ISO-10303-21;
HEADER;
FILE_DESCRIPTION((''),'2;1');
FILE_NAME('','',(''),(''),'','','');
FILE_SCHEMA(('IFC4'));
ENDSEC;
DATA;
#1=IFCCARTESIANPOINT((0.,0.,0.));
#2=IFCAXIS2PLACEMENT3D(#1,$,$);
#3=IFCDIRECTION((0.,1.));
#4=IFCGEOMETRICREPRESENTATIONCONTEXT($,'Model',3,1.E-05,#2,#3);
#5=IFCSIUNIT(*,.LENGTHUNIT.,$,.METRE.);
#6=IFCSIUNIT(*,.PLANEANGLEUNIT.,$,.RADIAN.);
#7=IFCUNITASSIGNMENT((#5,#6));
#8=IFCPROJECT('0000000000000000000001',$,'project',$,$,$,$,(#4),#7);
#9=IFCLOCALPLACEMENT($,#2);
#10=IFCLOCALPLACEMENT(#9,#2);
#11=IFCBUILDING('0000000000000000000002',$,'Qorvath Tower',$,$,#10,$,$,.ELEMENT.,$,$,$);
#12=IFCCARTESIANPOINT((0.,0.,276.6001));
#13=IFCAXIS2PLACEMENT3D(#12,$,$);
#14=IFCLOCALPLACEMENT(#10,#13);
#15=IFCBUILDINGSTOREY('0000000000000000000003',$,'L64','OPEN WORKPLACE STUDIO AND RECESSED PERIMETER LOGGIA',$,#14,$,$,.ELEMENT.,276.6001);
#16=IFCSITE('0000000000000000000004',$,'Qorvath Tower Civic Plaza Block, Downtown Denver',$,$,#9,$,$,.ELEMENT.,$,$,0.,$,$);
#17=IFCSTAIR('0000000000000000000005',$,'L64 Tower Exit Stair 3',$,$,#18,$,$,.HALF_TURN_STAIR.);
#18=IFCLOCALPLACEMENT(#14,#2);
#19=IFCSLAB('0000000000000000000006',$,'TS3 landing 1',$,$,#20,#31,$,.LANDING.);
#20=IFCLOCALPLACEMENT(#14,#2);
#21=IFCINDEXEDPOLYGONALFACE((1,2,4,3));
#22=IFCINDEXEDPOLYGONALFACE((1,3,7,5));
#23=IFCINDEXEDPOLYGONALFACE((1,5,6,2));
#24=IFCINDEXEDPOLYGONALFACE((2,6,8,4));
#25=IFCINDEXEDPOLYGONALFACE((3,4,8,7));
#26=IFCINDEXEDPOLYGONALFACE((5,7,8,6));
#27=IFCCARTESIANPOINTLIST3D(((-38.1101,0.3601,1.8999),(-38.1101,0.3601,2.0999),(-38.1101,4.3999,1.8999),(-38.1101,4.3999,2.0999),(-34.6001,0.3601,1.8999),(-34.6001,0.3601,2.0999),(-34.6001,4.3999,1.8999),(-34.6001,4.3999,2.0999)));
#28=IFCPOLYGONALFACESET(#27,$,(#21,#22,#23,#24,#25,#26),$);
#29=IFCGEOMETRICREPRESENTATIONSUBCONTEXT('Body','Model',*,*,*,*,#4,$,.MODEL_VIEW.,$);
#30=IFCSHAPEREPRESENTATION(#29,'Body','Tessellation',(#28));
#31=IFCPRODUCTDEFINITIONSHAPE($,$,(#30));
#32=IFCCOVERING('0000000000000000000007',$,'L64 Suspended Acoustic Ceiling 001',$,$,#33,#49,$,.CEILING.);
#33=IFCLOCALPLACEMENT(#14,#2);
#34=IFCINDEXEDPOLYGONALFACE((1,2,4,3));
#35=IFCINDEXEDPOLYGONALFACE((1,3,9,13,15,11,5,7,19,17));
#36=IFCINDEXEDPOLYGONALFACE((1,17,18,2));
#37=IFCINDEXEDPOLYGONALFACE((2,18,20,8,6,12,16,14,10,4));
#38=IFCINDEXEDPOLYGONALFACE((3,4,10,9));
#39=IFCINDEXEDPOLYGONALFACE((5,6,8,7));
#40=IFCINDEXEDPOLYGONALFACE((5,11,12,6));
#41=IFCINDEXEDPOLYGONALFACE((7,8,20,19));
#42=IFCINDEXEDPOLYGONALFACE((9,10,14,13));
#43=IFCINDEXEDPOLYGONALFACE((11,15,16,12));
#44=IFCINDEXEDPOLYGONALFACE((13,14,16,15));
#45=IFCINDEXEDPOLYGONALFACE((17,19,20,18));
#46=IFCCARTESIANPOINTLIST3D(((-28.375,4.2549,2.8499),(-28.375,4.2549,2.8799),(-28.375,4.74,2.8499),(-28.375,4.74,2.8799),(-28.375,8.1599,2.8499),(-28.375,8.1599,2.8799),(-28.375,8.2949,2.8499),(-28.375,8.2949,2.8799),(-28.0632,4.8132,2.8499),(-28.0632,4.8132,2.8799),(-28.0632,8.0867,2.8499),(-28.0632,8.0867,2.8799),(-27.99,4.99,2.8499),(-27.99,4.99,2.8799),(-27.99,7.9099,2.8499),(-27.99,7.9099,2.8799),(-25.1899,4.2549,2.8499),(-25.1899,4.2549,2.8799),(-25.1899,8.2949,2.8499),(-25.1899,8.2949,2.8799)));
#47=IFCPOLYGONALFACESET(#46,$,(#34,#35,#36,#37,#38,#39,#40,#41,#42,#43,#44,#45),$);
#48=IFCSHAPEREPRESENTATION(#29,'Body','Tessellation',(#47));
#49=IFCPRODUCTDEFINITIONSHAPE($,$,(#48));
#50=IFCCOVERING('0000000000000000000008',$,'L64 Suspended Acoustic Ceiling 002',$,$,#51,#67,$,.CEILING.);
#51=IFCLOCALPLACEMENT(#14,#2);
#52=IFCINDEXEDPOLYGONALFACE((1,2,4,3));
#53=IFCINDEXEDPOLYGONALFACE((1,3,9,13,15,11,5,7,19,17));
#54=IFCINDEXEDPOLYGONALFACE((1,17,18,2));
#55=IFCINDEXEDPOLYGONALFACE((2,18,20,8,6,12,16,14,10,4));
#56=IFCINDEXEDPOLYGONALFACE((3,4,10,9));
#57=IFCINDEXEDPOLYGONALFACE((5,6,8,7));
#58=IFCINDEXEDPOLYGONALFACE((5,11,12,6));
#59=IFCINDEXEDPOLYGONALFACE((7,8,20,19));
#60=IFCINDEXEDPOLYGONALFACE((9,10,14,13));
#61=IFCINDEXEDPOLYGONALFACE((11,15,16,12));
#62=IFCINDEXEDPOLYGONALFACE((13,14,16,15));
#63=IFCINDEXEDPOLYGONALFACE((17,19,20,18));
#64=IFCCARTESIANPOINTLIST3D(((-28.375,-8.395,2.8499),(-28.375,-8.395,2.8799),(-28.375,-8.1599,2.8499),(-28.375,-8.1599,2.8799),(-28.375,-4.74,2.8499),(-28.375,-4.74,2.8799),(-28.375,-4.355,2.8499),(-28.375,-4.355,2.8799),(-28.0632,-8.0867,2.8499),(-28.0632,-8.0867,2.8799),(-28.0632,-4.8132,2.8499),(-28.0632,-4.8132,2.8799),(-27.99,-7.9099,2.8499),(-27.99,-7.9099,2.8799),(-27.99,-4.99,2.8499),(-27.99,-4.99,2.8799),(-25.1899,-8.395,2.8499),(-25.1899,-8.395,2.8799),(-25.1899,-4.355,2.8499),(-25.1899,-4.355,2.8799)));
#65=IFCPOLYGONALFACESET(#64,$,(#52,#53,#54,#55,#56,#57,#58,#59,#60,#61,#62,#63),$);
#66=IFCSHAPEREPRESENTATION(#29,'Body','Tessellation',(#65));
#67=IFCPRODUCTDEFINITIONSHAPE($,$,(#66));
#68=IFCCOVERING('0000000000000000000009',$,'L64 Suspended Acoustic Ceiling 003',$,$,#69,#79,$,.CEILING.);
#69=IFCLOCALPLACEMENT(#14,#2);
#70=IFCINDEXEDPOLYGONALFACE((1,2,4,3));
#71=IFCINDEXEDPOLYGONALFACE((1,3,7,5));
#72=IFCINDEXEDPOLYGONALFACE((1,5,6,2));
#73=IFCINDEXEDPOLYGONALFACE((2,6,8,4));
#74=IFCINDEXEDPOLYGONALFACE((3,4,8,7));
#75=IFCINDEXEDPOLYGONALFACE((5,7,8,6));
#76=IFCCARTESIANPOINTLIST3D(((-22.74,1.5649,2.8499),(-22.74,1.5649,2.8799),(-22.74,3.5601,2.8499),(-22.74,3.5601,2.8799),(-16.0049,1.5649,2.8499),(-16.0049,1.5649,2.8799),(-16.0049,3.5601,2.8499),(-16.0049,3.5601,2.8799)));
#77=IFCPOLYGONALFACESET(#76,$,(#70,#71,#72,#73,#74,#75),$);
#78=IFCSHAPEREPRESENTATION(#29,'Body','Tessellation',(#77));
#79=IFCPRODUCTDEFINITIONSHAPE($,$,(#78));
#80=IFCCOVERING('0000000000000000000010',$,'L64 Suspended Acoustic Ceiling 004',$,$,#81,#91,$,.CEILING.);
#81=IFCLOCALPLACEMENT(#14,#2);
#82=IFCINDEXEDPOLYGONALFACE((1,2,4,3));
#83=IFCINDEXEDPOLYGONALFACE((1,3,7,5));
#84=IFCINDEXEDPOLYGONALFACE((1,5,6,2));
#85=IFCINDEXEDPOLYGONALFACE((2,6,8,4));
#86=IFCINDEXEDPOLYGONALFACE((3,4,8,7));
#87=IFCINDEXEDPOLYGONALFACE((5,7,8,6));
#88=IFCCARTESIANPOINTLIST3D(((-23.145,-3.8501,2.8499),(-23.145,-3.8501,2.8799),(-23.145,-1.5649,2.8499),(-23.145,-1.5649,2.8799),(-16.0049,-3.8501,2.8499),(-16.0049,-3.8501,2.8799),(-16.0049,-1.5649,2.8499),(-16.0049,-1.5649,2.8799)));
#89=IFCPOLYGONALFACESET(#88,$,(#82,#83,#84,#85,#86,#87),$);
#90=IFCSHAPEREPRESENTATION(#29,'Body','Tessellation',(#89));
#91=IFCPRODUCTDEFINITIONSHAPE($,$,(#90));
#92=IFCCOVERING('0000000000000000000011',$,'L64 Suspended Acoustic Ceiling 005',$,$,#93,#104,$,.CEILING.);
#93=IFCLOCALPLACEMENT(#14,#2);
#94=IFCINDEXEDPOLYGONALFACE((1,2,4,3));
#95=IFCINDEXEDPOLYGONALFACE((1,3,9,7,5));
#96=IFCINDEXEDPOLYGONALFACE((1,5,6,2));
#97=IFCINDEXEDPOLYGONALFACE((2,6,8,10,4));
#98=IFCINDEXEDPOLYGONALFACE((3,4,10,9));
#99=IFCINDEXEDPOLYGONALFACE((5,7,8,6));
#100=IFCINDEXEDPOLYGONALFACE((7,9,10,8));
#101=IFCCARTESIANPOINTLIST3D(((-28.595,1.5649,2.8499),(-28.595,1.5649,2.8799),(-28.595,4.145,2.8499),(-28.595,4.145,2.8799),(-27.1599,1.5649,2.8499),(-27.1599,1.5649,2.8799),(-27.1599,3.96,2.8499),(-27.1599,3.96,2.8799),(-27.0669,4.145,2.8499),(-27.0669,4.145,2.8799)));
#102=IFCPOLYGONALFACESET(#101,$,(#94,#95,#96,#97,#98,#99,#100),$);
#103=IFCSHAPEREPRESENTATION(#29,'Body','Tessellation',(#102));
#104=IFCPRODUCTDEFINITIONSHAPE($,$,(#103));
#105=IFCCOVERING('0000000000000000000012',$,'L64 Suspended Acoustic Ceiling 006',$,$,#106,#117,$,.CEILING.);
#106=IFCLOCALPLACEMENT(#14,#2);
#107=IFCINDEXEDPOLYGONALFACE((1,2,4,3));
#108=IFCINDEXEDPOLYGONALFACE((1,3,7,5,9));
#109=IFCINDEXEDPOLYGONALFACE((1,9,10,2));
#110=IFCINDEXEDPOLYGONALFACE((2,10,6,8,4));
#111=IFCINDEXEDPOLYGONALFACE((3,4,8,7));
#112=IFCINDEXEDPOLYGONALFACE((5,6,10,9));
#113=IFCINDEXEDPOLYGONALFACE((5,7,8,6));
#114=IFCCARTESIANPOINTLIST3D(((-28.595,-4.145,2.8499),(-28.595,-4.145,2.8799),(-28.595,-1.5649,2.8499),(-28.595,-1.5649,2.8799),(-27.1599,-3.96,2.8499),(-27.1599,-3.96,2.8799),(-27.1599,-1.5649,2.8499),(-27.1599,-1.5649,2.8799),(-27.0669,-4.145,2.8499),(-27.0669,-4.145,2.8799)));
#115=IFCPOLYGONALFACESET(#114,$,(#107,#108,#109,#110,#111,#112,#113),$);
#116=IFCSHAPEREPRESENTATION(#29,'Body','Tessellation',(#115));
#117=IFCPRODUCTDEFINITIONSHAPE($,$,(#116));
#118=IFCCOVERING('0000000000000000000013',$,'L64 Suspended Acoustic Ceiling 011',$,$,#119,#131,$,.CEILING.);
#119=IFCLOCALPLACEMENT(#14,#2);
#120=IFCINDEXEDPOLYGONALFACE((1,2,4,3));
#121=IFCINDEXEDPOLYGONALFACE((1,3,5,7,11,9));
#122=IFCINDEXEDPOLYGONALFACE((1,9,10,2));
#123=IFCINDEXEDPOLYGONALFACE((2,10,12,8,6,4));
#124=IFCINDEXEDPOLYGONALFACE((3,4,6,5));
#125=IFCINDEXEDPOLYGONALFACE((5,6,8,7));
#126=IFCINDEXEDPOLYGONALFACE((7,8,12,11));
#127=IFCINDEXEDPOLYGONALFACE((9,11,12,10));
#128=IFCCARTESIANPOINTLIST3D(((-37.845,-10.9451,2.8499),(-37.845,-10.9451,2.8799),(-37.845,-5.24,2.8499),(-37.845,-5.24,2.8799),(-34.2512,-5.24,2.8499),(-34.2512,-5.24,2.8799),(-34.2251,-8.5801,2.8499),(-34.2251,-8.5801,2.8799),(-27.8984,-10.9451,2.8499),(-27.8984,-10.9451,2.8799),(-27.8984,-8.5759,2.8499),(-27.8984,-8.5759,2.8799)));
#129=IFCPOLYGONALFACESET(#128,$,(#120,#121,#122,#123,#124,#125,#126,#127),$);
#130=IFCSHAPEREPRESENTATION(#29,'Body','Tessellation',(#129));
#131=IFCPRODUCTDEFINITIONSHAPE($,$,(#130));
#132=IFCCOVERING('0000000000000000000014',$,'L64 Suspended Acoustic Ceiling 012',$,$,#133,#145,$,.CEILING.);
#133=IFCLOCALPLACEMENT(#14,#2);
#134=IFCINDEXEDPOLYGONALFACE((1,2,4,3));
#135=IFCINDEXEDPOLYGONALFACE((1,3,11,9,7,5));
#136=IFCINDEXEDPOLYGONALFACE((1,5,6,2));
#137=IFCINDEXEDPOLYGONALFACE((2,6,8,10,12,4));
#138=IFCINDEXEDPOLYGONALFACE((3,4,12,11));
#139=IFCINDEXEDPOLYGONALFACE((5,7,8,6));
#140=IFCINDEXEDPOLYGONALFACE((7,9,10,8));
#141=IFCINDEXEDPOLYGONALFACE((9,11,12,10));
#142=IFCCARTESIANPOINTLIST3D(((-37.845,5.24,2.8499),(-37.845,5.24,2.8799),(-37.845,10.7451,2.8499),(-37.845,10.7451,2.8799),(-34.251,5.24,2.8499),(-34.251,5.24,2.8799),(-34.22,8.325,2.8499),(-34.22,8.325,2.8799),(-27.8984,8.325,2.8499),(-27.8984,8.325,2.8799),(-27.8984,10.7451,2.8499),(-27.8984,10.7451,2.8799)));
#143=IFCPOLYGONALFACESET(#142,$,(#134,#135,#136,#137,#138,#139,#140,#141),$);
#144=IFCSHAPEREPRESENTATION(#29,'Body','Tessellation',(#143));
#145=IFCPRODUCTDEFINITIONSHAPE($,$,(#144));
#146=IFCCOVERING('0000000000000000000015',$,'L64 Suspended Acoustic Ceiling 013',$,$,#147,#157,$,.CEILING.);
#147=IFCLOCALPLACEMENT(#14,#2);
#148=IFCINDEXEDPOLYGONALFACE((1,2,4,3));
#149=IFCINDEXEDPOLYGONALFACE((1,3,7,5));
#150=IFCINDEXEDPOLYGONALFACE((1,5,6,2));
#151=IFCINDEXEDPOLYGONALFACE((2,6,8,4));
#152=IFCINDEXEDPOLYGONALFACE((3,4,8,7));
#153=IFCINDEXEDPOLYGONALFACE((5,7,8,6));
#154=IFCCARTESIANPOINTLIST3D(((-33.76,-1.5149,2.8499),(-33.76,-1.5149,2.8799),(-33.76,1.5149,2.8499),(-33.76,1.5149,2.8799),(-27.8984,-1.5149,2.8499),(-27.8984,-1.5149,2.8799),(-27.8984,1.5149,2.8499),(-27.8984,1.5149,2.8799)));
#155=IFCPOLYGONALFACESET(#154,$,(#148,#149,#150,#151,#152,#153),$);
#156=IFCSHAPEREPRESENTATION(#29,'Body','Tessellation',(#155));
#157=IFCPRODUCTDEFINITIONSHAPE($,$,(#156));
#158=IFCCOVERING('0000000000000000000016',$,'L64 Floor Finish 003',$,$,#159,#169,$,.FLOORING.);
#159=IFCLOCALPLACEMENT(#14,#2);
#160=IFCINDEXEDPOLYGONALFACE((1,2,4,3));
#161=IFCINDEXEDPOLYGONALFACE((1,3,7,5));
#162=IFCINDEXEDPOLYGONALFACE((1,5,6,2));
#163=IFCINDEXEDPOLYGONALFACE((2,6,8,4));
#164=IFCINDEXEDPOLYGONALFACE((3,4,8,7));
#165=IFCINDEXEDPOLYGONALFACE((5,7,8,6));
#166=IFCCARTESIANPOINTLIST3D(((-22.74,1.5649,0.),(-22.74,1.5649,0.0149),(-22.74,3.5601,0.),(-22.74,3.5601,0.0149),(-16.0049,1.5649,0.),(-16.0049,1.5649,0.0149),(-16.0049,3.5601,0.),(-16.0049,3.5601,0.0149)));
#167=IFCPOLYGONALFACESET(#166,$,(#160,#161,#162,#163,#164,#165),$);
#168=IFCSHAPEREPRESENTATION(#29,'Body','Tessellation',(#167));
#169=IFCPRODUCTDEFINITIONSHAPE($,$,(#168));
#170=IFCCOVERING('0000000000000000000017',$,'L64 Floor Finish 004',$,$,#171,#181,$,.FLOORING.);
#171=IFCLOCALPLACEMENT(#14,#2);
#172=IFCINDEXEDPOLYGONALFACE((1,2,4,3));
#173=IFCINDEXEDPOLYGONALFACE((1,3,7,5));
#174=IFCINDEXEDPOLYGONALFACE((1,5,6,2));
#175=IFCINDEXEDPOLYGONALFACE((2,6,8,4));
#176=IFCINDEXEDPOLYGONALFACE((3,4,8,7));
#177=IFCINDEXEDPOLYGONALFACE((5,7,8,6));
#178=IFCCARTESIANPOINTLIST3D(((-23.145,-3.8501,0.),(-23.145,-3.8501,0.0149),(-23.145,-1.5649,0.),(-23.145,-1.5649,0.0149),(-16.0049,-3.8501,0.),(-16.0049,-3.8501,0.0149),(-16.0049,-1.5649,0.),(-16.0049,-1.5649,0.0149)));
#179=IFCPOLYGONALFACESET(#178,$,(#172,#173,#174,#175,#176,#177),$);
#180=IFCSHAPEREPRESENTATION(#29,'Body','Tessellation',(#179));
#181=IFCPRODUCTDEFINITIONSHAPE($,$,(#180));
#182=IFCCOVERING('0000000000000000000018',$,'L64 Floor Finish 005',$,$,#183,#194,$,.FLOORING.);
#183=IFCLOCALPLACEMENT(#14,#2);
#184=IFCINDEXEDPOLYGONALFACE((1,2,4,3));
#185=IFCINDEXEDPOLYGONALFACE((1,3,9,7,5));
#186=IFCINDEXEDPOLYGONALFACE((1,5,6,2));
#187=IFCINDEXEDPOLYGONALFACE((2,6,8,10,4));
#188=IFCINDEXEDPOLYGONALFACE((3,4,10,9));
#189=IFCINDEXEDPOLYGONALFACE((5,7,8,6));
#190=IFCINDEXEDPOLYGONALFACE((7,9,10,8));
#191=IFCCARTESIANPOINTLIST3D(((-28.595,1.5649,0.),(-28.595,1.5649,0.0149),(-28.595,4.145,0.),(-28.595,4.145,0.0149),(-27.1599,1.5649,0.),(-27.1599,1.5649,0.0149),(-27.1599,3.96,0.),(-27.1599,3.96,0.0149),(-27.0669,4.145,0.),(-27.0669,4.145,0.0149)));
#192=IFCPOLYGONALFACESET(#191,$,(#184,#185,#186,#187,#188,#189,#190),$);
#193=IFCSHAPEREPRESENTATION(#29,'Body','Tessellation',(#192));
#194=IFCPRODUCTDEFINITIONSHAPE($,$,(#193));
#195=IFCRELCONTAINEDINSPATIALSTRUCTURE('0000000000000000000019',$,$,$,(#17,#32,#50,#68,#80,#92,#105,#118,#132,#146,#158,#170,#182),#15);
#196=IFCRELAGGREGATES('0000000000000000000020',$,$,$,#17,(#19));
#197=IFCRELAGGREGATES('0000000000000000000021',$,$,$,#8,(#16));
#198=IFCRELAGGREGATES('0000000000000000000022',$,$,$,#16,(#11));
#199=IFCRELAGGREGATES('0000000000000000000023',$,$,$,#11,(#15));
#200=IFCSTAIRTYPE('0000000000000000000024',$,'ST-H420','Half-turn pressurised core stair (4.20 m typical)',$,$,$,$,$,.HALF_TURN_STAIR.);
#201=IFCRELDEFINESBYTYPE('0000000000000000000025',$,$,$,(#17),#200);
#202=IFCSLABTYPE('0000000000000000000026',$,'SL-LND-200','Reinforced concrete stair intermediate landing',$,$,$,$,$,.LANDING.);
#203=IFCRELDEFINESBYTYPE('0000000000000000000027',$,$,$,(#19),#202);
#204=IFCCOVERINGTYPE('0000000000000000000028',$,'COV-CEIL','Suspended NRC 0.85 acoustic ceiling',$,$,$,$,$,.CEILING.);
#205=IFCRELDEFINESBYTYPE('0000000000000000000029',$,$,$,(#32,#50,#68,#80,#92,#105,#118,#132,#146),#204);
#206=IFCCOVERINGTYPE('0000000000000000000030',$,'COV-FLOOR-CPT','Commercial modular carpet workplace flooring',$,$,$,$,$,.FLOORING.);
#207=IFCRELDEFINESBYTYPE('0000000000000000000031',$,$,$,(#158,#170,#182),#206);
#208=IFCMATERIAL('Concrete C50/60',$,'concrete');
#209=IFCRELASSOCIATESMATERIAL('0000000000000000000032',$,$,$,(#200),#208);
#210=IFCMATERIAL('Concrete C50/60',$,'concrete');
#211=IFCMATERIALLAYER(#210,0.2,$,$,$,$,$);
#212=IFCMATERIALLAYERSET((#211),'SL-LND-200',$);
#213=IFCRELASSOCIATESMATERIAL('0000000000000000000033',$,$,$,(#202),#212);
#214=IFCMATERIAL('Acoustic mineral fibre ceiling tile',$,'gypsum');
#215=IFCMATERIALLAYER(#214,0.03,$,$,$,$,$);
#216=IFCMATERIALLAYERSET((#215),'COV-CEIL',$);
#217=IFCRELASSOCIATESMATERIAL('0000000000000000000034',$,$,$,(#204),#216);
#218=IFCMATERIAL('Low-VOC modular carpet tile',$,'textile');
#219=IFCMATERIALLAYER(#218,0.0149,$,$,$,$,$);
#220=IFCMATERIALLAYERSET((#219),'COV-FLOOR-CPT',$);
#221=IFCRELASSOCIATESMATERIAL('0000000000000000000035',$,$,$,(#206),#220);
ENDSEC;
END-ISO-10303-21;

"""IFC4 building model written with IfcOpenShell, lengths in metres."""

from ifc_helpers import new_model, si_unit, direction, frame, origin, place, context, subcontext, project, spatial, polyline, outline, extrude, material, layer, layer_set, type_object, element, aggregate, save


model = new_model("IFC4")

# Units and contexts
model_context = context("Model", 3, precision=1e-05, world=origin(), true_north=direction((0.0, 1.0)))
body_context = subcontext(model_context, "Body", "Model", "MODEL_VIEW")
ifc_project = project(units=[si_unit("LENGTHUNIT", "METRE"), si_unit("PLANEANGLEUNIT", "RADIAN")], contexts=[model_context])

# Site, building, storey
site_placement = place(None, origin())
site = spatial("IfcSite", under=ifc_project, at=site_placement, Name="Qorvath Tower Civic Plaza Block, Downtown Denver", CompositionType="ELEMENT", RefElevation=0.0)
building_placement = place(site_placement, origin())
building = spatial("IfcBuilding", under=site, at=building_placement, Name="Qorvath Tower", CompositionType="ELEMENT")
storey_placement = place(building_placement, frame((0.0, 0.0, 276.6001)))
storey = spatial("IfcBuildingStorey", under=building, at=storey_placement, Name="L64", Description="OPEN WORKPLACE STUDIO AND RECESSED PERIMETER LOGGIA", CompositionType="ELEMENT", Elevation=276.6001)

# Stair, slab
ifc_material_1 = material(Name="Concrete C50/60", Category="concrete")
stair_type = type_object("IfcStairType", Name="ST-H420", Description="Half-turn pressurised core stair (4.20 m typical)", PredefinedType="HALF_TURN_STAIR", material=ifc_material_1)
stair_placement = place(storey_placement, origin())
stair = element("IfcStair", 1, at=stair_placement, inside=storey, type_object=stair_type, Name="L64 Tower Exit Stair 3", PredefinedType="HALF_TURN_STAIR")
ifc_material_2 = material(Name="Concrete C50/60", Category="concrete")
ifc_layer_1 = layer(ifc_material_2, 0.2)
ifc_layer_set_1 = layer_set([ifc_layer_1], Name="SL-LND-200")
slab_type = type_object("IfcSlabType", Name="SL-LND-200", Description="Reinforced concrete stair intermediate landing", PredefinedType="LANDING", material=ifc_layer_set_1)
slab_placement = place(storey_placement, frame((0.0, 0.0, 1.8999)))
slab = element("IfcSlab", 2, at=slab_placement, type_object=slab_type, Name="TS3 landing 1", PredefinedType="LANDING", context=body_context, shape_type="SweptSolid", body=[
    extrude(outline(polyline([(-34.6001, 0.3601), (-34.6001, 4.3999), (-38.1101, 4.3999), (-38.1101, 0.3601), (-34.6001, 0.3601)])), origin(), (0.0, 0.0, 1.0), 0.2),
])
aggregate(stair, [slab])

# Coverings
ifc_material_3 = material(Name="Acoustic mineral fibre ceiling tile", Category="gypsum")
ifc_layer_2 = layer(ifc_material_3, 0.03)
ifc_layer_set_2 = layer_set([ifc_layer_2], Name="COV-CEIL")
covering_type_1 = type_object("IfcCoveringType", Name="COV-CEIL", Description="Suspended NRC 0.85 acoustic ceiling", PredefinedType="CEILING", material=ifc_layer_set_2)
covering_1_placement = place(storey_placement, frame((0.0, 0.0, 2.8499)))
element("IfcCovering", 3, at=covering_1_placement, inside=storey, type_object=covering_type_1, Name="L64 Suspended Acoustic Ceiling 001", PredefinedType="CEILING", context=body_context, shape_type="SweptSolid", body=[
    extrude(outline(polyline([(-25.1899, 4.2549), (-25.1899, 8.2949), (-28.375, 8.2949), (-28.375, 8.1599), (-28.0632, 8.0867), (-27.99, 7.9099), (-27.99, 4.99), (-28.0632, 4.8132), (-28.375, 4.74), (-28.375, 4.2549), (-25.1899, 4.2549)])), origin(), (0.0, 0.0, 1.0), 0.03),
])
covering_2_placement = place(storey_placement, frame((0.0, 0.0, 2.8499)))
element("IfcCovering", 4, at=covering_2_placement, inside=storey, type_object=covering_type_1, Name="L64 Suspended Acoustic Ceiling 002", PredefinedType="CEILING", context=body_context, shape_type="SweptSolid", body=[
    extrude(outline(polyline([(-25.1899, -8.395), (-25.1899, -4.355), (-28.375, -4.355), (-28.375, -4.74), (-28.0632, -4.8132), (-27.99, -4.99), (-27.99, -7.9099), (-28.0632, -8.0867), (-28.375, -8.1599), (-28.375, -8.395), (-25.1899, -8.395)])), origin(), (0.0, 0.0, 1.0), 0.03),
])
covering_3_placement = place(storey_placement, frame((0.0, 0.0, 2.8499)))
element("IfcCovering", 5, at=covering_3_placement, inside=storey, type_object=covering_type_1, Name="L64 Suspended Acoustic Ceiling 003", PredefinedType="CEILING", context=body_context, shape_type="SweptSolid", body=[
    extrude(outline(polyline([(-16.0049, 3.5601), (-22.74, 3.5601), (-22.74, 1.5649), (-16.0049, 1.5649), (-16.0049, 3.5601)])), origin(), (0.0, 0.0, 1.0), 0.03),
])
covering_4_placement = place(storey_placement, frame((0.0, 0.0, 2.8499)))
element("IfcCovering", 6, at=covering_4_placement, inside=storey, type_object=covering_type_1, Name="L64 Suspended Acoustic Ceiling 004", PredefinedType="CEILING", context=body_context, shape_type="SweptSolid", body=[
    extrude(outline(polyline([(-23.145, -3.8501), (-16.0049, -3.8501), (-16.0049, -1.5649), (-23.145, -1.5649), (-23.145, -3.8501)])), origin(), (0.0, 0.0, 1.0), 0.03),
])
covering_5_placement = place(storey_placement, frame((0.0, 0.0, 2.8499)))
element("IfcCovering", 7, at=covering_5_placement, inside=storey, type_object=covering_type_1, Name="L64 Suspended Acoustic Ceiling 005", PredefinedType="CEILING", context=body_context, shape_type="SweptSolid", body=[
    extrude(outline(polyline([(-27.1599, 1.5649), (-27.1599, 3.96), (-27.0669, 4.145), (-28.595, 4.145), (-28.595, 1.5649), (-27.1599, 1.5649)])), origin(), (0.0, 0.0, 1.0), 0.03),
])
covering_6_placement = place(storey_placement, frame((0.0, 0.0, 2.8499)))
element("IfcCovering", 8, at=covering_6_placement, inside=storey, type_object=covering_type_1, Name="L64 Suspended Acoustic Ceiling 006", PredefinedType="CEILING", context=body_context, shape_type="SweptSolid", body=[
    extrude(outline(polyline([(-27.0669, -4.145), (-27.1599, -3.96), (-27.1599, -1.5649), (-28.595, -1.5649), (-28.595, -4.145), (-27.0669, -4.145)])), origin(), (0.0, 0.0, 1.0), 0.03),
])
covering_7_placement = place(storey_placement, frame((0.0, 0.0, 2.8499)))
element("IfcCovering", 9, at=covering_7_placement, inside=storey, type_object=covering_type_1, Name="L64 Suspended Acoustic Ceiling 011", PredefinedType="CEILING", context=body_context, shape_type="SweptSolid", body=[
    extrude(outline(polyline([(-34.2251, -8.5801), (-34.2512, -5.24), (-37.845, -5.24), (-37.845, -10.9451), (-27.8984, -10.9451), (-27.8984, -8.5759), (-34.2251, -8.5801)])), origin(), (0.0, 0.0, 1.0), 0.03),
])
covering_8_placement = place(storey_placement, frame((0.0, 0.0, 2.8499)))
element("IfcCovering", 10, at=covering_8_placement, inside=storey, type_object=covering_type_1, Name="L64 Suspended Acoustic Ceiling 012", PredefinedType="CEILING", context=body_context, shape_type="SweptSolid", body=[
    extrude(outline(polyline([(-27.8984, 8.325), (-27.8984, 10.7451), (-37.845, 10.7451), (-37.845, 5.24), (-34.251, 5.24), (-34.22, 8.325), (-27.8984, 8.325)])), origin(), (0.0, 0.0, 1.0), 0.03),
])
covering_9_placement = place(storey_placement, frame((0.0, 0.0, 2.8499)))
element("IfcCovering", 11, at=covering_9_placement, inside=storey, type_object=covering_type_1, Name="L64 Suspended Acoustic Ceiling 013", PredefinedType="CEILING", context=body_context, shape_type="SweptSolid", body=[
    extrude(outline(polyline([(-27.8984, -1.5149), (-27.8984, 1.5149), (-33.76, 1.5149), (-33.76, -1.5149), (-27.8984, -1.5149)])), origin(), (0.0, 0.0, 1.0), 0.03),
])
ifc_material_4 = material(Name="Low-VOC modular carpet tile", Category="textile")
ifc_layer_3 = layer(ifc_material_4, 0.0149)
ifc_layer_set_3 = layer_set([ifc_layer_3], Name="COV-FLOOR-CPT")
covering_type_2 = type_object("IfcCoveringType", Name="COV-FLOOR-CPT", Description="Commercial modular carpet workplace flooring", PredefinedType="FLOORING", material=ifc_layer_set_3)
covering_10_placement = place(storey_placement, origin())
element("IfcCovering", 12, at=covering_10_placement, inside=storey, type_object=covering_type_2, Name="L64 Floor Finish 003", PredefinedType="FLOORING", context=body_context, shape_type="SweptSolid", body=[
    extrude(outline(polyline([(-16.0049, 3.5601), (-22.74, 3.5601), (-22.74, 1.5649), (-16.0049, 1.5649), (-16.0049, 3.5601)])), origin(), (0.0, 0.0, 1.0), 0.0149),
])
covering_11_placement = place(storey_placement, origin())
element("IfcCovering", 13, at=covering_11_placement, inside=storey, type_object=covering_type_2, Name="L64 Floor Finish 004", PredefinedType="FLOORING", context=body_context, shape_type="SweptSolid", body=[
    extrude(outline(polyline([(-23.145, -3.8501), (-16.0049, -3.8501), (-16.0049, -1.5649), (-23.145, -1.5649), (-23.145, -3.8501)])), origin(), (0.0, 0.0, 1.0), 0.0149),
])
covering_12_placement = place(storey_placement, origin())
element("IfcCovering", 14, at=covering_12_placement, inside=storey, type_object=covering_type_2, Name="L64 Floor Finish 005", PredefinedType="FLOORING", context=body_context, shape_type="SweptSolid", body=[
    extrude(outline(polyline([(-27.1599, 1.5649), (-27.1599, 3.96), (-27.0669, 4.145), (-28.595, 4.145), (-28.595, 1.5649), (-27.1599, 1.5649)])), origin(), (0.0, 0.0, 1.0), 0.0149),
])

save(model, "model.ifc")
